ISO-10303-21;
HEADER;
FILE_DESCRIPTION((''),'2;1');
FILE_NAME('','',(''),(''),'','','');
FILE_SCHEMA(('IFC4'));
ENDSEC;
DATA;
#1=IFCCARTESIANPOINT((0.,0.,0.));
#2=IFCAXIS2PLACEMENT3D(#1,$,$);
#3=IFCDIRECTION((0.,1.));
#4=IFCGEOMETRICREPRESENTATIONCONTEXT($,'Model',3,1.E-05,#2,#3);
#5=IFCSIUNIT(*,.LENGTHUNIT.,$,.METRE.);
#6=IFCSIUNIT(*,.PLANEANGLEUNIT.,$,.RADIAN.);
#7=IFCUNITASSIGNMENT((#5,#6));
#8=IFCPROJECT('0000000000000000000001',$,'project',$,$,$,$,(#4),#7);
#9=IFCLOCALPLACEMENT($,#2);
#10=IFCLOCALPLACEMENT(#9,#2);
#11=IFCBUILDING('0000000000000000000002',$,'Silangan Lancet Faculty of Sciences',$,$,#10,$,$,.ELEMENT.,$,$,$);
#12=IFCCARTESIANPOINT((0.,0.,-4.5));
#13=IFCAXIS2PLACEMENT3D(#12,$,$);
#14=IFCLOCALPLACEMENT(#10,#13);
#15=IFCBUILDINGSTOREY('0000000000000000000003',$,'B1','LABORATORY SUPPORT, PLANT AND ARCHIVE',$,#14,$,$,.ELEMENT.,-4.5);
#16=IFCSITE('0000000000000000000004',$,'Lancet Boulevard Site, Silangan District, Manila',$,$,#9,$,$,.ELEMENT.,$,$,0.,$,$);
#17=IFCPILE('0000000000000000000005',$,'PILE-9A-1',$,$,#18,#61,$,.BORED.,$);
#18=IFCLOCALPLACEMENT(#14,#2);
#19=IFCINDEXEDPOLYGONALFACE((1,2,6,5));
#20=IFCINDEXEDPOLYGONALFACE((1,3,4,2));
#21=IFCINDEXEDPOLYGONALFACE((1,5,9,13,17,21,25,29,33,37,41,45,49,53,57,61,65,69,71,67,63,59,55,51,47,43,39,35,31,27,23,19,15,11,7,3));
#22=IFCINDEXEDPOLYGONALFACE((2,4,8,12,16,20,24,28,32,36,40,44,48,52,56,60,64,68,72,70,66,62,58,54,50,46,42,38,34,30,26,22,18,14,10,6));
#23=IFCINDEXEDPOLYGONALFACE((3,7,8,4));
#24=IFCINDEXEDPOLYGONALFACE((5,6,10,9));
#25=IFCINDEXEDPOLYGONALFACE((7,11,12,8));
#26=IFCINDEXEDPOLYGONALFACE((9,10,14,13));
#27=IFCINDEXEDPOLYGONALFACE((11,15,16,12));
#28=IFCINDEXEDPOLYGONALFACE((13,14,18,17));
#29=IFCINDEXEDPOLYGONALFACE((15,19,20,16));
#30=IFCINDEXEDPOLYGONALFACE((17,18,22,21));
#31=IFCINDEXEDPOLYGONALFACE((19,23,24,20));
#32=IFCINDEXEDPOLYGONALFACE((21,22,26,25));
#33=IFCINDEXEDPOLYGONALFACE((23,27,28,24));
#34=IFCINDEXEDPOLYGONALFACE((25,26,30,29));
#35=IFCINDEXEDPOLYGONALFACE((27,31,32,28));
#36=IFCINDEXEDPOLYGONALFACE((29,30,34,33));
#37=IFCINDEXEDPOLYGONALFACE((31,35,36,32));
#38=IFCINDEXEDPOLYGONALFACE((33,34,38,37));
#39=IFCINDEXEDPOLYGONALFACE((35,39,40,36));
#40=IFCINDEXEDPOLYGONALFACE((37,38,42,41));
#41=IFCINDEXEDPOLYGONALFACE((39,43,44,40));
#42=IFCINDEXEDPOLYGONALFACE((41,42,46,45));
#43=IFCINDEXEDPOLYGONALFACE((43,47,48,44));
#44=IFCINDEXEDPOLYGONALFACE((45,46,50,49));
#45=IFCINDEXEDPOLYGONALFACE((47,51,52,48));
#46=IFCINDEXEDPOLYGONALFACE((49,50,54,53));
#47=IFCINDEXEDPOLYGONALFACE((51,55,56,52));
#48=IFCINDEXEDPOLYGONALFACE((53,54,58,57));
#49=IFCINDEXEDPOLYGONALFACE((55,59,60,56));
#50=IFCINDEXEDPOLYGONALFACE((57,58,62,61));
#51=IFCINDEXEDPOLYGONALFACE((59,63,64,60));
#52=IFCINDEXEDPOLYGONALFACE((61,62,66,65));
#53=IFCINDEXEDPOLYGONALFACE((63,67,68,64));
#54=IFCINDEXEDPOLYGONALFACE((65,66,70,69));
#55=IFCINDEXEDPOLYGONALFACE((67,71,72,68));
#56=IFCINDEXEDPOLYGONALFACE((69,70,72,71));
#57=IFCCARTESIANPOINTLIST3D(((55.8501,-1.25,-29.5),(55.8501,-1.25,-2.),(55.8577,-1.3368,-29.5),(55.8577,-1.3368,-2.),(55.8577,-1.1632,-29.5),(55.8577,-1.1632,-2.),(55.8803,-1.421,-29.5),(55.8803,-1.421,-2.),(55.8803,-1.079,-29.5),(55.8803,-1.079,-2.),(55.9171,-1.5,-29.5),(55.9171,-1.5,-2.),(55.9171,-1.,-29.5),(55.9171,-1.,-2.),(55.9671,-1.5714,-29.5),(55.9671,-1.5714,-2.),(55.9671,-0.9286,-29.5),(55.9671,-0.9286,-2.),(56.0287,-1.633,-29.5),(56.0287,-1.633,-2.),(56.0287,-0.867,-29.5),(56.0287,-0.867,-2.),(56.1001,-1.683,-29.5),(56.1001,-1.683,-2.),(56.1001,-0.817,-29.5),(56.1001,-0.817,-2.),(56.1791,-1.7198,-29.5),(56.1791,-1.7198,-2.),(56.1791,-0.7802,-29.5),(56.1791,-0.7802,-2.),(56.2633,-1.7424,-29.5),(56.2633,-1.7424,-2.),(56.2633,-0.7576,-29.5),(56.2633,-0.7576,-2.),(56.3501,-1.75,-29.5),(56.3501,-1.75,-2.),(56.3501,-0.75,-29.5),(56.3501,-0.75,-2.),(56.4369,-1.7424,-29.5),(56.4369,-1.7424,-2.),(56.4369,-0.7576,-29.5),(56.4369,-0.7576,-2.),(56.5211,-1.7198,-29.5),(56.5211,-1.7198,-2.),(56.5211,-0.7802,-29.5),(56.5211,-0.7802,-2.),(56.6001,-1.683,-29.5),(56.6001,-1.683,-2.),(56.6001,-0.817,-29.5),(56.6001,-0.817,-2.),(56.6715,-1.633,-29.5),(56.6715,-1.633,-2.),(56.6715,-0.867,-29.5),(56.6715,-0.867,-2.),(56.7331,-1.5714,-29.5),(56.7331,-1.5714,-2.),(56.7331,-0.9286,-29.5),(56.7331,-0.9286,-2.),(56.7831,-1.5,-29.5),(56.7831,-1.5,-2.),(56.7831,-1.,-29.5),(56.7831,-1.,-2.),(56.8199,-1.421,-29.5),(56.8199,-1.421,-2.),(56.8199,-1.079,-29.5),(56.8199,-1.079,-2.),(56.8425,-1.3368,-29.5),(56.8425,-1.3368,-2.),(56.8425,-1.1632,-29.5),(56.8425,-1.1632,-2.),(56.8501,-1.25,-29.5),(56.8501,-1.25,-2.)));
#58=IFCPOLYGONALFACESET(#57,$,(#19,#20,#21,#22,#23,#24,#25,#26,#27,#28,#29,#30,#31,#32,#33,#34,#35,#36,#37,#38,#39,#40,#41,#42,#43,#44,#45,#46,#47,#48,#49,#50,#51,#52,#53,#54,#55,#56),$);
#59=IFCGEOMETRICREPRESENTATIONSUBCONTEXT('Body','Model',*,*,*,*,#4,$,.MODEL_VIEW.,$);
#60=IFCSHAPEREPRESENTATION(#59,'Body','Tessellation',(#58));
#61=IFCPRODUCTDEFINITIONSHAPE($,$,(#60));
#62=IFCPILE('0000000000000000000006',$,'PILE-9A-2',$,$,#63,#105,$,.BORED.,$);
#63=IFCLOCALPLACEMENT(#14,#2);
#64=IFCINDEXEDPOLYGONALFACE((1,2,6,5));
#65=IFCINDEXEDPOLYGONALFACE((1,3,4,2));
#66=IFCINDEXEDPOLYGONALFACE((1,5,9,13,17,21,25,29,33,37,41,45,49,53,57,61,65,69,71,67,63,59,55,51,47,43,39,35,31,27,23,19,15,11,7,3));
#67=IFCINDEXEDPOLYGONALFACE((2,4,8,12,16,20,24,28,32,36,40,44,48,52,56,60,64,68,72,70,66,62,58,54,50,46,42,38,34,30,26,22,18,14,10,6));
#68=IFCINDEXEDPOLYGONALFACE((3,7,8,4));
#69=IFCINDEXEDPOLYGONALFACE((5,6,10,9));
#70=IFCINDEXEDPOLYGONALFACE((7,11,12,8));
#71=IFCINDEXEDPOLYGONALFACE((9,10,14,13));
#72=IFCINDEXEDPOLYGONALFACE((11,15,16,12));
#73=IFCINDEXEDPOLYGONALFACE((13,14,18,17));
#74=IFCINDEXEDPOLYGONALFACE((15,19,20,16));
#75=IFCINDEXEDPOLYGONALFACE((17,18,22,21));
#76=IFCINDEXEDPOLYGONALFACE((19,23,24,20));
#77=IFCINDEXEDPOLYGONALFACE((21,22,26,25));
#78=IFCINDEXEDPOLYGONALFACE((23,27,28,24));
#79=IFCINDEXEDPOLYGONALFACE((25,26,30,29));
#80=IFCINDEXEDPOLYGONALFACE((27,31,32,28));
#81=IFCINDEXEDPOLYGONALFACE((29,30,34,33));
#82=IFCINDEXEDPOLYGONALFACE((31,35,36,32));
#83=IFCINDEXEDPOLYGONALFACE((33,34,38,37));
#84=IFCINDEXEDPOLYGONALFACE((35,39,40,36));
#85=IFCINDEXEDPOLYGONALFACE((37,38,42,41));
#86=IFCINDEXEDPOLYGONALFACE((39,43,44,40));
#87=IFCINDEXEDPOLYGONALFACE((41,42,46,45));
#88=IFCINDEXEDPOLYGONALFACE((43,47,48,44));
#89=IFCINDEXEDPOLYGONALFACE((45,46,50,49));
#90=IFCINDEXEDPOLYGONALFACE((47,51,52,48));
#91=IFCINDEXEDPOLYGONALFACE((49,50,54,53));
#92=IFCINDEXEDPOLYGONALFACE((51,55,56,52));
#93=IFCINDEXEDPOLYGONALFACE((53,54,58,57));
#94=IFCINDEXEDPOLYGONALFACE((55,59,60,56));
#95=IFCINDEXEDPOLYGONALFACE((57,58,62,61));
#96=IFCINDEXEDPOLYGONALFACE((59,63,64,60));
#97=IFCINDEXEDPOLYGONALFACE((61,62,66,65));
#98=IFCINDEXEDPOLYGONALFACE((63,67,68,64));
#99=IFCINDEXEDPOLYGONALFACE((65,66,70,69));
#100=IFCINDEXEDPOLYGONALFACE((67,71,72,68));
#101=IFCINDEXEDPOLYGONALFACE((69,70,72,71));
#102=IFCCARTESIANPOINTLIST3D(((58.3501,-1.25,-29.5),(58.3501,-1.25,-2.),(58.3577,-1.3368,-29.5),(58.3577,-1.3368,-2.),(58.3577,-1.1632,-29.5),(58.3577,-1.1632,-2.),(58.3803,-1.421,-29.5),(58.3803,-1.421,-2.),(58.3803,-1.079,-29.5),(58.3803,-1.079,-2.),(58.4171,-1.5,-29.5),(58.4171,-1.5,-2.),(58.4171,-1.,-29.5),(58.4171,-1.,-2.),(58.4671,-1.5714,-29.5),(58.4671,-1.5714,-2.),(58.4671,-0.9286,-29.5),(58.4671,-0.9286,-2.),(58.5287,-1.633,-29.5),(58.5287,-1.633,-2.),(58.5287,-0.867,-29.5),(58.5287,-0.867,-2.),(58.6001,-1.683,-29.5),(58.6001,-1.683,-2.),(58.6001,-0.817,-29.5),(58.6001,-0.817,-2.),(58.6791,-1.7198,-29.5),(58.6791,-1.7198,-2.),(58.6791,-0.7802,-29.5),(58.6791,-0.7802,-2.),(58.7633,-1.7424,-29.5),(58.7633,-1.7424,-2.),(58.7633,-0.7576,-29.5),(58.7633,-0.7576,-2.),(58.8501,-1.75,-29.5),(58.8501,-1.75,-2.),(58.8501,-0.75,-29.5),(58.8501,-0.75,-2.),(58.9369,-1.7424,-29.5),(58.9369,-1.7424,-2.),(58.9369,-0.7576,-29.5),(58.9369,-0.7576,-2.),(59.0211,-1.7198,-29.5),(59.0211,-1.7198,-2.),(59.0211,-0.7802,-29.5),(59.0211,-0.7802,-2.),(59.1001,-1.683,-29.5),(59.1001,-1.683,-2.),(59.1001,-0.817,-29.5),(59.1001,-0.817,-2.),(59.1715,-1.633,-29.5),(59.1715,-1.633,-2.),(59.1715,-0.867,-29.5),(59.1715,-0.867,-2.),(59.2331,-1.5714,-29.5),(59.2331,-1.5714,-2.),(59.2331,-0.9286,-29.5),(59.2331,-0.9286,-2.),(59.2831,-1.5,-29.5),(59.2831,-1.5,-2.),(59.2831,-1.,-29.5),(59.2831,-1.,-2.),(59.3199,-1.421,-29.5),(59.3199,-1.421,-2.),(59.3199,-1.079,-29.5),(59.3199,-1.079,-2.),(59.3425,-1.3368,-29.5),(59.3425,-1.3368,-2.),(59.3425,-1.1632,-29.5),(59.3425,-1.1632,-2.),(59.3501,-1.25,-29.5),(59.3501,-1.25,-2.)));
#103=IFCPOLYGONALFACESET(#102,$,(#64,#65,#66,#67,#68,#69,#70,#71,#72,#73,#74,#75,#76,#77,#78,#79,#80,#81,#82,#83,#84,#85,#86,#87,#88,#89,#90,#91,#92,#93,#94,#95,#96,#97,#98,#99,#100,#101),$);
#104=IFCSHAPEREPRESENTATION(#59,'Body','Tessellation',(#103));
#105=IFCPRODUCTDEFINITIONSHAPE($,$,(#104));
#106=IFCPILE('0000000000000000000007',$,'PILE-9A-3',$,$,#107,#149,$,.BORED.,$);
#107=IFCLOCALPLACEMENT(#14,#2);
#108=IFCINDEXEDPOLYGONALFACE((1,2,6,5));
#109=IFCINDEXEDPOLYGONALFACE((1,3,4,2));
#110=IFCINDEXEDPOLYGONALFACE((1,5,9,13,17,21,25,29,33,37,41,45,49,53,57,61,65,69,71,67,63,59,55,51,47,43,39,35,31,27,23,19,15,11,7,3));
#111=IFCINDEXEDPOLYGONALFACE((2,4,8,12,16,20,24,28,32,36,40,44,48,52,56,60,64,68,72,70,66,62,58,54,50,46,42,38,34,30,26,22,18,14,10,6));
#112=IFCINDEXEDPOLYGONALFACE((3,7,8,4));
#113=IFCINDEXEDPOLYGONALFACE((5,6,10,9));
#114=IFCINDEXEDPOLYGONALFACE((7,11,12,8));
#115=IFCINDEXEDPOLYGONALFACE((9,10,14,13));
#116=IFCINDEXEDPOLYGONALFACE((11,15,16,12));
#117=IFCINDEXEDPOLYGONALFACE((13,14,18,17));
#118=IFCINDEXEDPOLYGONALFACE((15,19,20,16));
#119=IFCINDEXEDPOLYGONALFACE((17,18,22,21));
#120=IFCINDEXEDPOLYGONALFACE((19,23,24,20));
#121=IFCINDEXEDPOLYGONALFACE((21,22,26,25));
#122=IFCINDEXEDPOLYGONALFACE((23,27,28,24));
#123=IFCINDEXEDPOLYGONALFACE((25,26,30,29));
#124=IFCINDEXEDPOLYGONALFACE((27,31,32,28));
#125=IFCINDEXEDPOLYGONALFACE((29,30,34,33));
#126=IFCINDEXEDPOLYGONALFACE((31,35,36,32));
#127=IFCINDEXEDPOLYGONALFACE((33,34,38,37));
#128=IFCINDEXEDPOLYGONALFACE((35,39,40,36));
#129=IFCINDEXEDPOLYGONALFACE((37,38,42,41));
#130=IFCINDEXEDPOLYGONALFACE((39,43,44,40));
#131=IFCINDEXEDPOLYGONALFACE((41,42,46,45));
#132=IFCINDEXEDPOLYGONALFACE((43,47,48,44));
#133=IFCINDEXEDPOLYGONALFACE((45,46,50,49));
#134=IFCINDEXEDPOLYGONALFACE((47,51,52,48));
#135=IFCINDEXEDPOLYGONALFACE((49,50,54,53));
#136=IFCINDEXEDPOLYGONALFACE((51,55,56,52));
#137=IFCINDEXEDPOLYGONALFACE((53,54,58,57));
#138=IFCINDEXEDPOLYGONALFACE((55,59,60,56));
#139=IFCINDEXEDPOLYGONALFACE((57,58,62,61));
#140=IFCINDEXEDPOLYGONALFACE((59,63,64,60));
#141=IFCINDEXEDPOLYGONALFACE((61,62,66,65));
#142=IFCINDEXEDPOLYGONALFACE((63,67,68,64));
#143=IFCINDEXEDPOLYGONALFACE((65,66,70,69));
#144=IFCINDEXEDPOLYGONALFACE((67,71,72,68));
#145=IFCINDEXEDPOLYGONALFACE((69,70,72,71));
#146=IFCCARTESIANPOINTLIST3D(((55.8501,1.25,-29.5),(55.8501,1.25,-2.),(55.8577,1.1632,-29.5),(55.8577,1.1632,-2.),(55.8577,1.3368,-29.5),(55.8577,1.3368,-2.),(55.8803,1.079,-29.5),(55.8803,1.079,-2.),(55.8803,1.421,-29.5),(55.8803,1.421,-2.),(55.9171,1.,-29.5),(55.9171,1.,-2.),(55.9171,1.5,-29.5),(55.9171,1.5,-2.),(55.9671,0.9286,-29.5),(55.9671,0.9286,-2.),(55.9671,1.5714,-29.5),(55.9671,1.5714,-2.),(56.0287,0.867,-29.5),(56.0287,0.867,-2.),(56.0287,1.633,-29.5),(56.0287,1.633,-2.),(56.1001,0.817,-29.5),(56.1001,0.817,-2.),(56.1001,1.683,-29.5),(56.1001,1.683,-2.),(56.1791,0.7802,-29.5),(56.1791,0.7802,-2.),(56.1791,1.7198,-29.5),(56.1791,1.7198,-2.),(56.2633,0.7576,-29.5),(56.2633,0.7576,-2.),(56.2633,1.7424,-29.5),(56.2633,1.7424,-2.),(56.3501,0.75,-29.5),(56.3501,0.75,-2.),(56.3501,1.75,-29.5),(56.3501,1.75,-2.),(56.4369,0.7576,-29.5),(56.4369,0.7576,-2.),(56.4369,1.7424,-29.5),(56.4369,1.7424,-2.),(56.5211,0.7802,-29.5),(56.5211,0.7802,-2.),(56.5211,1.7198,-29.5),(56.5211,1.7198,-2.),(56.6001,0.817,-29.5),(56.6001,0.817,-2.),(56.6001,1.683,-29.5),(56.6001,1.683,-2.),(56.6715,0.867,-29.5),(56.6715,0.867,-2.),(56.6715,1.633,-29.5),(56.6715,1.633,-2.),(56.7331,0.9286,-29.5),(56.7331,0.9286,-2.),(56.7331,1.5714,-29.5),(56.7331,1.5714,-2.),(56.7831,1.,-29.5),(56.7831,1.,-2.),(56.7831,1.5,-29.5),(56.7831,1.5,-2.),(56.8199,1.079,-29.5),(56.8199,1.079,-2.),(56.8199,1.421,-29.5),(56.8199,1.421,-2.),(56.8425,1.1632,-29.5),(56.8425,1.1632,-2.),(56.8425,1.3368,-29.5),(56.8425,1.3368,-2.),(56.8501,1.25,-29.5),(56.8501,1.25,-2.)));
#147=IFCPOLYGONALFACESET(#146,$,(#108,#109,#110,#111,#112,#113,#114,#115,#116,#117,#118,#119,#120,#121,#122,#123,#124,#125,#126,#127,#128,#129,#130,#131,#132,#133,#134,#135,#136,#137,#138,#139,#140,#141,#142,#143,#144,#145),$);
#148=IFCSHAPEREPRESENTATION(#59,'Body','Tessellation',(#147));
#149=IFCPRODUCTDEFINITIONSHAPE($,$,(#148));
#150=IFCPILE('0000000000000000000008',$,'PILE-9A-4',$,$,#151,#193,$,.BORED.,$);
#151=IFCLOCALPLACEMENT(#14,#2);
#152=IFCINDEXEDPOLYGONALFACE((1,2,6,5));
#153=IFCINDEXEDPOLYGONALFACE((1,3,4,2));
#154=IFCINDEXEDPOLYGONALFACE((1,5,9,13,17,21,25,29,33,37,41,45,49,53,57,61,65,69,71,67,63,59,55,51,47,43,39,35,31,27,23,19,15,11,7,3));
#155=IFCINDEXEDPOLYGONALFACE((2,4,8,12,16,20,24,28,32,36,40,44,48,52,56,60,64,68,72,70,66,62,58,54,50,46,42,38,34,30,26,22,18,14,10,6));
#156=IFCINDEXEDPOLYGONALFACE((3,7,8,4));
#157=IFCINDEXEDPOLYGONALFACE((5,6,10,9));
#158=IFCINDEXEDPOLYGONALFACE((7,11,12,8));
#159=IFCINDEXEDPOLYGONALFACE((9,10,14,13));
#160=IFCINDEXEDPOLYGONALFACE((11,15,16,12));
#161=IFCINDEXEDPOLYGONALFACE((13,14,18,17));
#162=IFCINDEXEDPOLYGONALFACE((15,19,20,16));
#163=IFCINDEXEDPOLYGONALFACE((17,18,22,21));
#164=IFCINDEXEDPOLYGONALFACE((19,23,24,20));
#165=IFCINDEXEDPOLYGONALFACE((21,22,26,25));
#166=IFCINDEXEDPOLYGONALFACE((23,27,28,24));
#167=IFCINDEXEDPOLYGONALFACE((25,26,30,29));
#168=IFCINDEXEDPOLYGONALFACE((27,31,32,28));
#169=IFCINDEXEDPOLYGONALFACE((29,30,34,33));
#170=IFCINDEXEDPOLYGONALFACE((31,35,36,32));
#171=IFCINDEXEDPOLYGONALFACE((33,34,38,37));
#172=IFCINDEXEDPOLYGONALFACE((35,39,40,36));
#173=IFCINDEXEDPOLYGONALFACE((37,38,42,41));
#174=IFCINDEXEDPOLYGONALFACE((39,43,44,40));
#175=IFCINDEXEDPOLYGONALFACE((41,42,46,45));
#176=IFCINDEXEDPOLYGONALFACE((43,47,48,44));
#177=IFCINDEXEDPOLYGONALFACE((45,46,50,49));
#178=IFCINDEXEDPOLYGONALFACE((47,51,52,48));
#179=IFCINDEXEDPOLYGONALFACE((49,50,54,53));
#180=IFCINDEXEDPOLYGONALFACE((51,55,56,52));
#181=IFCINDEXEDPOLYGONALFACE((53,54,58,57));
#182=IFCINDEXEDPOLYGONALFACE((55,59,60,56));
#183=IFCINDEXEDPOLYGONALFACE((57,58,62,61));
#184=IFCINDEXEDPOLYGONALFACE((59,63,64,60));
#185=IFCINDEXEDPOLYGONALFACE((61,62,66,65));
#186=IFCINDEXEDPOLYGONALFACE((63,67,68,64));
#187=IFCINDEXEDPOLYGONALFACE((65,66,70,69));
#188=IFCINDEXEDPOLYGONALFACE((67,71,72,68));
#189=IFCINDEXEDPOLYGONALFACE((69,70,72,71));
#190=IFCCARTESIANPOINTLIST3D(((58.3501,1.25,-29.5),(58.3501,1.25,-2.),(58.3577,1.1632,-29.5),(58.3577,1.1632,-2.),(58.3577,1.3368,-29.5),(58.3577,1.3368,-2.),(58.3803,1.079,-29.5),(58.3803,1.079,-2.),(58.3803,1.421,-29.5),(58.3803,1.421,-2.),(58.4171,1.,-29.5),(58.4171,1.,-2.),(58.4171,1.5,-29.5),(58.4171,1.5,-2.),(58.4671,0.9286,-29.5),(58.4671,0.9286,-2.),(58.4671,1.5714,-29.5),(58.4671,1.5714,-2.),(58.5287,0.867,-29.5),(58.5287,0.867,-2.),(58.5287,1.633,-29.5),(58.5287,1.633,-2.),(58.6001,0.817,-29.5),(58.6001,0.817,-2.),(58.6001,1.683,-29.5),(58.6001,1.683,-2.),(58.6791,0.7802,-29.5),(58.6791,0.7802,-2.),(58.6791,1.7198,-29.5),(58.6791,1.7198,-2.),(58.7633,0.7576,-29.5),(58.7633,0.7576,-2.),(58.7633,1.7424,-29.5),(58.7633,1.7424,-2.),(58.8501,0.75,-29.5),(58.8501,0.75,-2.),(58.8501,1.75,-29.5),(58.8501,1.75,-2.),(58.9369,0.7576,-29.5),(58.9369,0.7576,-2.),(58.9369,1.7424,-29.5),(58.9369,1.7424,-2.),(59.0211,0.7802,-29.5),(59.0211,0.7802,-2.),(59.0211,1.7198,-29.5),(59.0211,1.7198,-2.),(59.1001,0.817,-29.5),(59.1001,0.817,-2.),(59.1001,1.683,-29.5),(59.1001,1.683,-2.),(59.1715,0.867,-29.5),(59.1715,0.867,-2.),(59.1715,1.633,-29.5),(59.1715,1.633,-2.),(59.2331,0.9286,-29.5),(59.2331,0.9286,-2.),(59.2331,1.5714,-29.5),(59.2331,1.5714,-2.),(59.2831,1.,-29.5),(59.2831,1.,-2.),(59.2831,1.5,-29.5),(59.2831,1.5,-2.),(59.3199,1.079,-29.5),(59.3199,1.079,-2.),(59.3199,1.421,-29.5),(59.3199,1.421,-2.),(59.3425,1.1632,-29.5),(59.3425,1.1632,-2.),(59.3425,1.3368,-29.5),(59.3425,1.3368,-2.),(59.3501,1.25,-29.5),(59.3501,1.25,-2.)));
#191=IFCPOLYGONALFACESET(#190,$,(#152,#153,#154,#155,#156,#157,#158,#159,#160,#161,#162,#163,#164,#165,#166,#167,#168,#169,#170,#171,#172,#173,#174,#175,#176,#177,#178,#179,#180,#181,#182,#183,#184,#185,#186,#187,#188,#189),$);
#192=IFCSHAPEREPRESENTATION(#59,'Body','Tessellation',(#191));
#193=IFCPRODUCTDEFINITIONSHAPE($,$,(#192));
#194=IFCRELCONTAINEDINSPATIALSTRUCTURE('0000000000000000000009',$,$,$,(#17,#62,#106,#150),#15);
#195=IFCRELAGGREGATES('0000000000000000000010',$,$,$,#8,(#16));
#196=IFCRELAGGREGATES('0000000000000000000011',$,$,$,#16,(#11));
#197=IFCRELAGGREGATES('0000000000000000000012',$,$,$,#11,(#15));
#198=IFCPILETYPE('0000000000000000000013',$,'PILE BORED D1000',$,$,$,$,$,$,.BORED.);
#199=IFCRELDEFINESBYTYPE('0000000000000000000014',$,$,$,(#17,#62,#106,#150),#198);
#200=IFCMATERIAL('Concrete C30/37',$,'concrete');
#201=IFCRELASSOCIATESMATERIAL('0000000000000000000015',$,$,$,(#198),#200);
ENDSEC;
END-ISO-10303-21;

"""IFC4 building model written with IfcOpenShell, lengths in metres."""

from ifc_helpers import new_model, si_unit, direction, frame, origin, origin_2d, place, context, subcontext, project, spatial, circle, extrude, material, material_profile, profile_set, type_object, element, save


model = new_model("IFC4")

# Units and contexts
model_context = context("Model", 3, precision=1e-05, world=origin(), true_north=direction((0.0, 1.0)))
body_context = subcontext(model_context, "Body", "Model", "MODEL_VIEW")
ifc_project = project(units=[si_unit("LENGTHUNIT", "METRE"), si_unit("PLANEANGLEUNIT", "RADIAN")], contexts=[model_context])

# Site, building, storey
site_placement = place(None, origin())
site = spatial("IfcSite", under=ifc_project, at=site_placement, Name="Lancet Boulevard Site, Silangan District, Manila", CompositionType="ELEMENT", RefElevation=0.0)
building_placement = place(site_placement, origin())
building = spatial("IfcBuilding", under=site, at=building_placement, Name="Silangan Lancet Faculty of Sciences", CompositionType="ELEMENT")
storey_placement = place(building_placement, frame((0.0, 0.0, -4.5)))
storey = spatial("IfcBuildingStorey", under=building, at=storey_placement, Name="B1", Description="LABORATORY SUPPORT, PLANT AND ARCHIVE", CompositionType="ELEMENT", Elevation=-4.5)

# Piles
ifc_material_1 = material(Name="Concrete C30/37", Category="concrete")
ifc_material_profile_1 = material_profile(ifc_material_1, circle(Radius=0.5, at=origin_2d()), Name="BORED PILE D1000")
ifc_profile_set_1 = profile_set([ifc_material_profile_1], Name="Concrete C30/37")
pile_type = type_object("IfcPileType", Name="PILE BORED D1000", PredefinedType="BORED", material=ifc_profile_set_1)
for number, where, z_axis, x_axis, name in (
    (1, (56.3501, -1.25, -2.0), (0.0, 0.0, -1.0), (1.0, 0.0, 0.0), "PILE-9A-1"),
    (2, (58.8501, -1.25, -2.0), (0.0, 0.0, -1.0), (1.0, 0.0, 0.0), "PILE-9A-2"),
    (3, (56.3501, 1.25, -2.0), (0.0, 0.0, -1.0), (1.0, 0.0, 0.0), "PILE-9A-3"),
    (4, (58.8501, 1.25, -2.0), (0.0, 0.0, -1.0), (1.0, 0.0, 0.0), "PILE-9A-4"),
):
    element("IfcPile", number, at=place(storey_placement, frame(where, z_axis=z_axis, x_axis=x_axis)), inside=storey, type_object=pile_type, Name=name, PredefinedType="BORED", context=body_context, shape_type="SweptSolid", body=[
        extrude(circle(Radius=0.5, at=origin_2d()), origin(), (0.0, 0.0, 1.0), 27.5),
    ])

save(model, "model.ifc")
